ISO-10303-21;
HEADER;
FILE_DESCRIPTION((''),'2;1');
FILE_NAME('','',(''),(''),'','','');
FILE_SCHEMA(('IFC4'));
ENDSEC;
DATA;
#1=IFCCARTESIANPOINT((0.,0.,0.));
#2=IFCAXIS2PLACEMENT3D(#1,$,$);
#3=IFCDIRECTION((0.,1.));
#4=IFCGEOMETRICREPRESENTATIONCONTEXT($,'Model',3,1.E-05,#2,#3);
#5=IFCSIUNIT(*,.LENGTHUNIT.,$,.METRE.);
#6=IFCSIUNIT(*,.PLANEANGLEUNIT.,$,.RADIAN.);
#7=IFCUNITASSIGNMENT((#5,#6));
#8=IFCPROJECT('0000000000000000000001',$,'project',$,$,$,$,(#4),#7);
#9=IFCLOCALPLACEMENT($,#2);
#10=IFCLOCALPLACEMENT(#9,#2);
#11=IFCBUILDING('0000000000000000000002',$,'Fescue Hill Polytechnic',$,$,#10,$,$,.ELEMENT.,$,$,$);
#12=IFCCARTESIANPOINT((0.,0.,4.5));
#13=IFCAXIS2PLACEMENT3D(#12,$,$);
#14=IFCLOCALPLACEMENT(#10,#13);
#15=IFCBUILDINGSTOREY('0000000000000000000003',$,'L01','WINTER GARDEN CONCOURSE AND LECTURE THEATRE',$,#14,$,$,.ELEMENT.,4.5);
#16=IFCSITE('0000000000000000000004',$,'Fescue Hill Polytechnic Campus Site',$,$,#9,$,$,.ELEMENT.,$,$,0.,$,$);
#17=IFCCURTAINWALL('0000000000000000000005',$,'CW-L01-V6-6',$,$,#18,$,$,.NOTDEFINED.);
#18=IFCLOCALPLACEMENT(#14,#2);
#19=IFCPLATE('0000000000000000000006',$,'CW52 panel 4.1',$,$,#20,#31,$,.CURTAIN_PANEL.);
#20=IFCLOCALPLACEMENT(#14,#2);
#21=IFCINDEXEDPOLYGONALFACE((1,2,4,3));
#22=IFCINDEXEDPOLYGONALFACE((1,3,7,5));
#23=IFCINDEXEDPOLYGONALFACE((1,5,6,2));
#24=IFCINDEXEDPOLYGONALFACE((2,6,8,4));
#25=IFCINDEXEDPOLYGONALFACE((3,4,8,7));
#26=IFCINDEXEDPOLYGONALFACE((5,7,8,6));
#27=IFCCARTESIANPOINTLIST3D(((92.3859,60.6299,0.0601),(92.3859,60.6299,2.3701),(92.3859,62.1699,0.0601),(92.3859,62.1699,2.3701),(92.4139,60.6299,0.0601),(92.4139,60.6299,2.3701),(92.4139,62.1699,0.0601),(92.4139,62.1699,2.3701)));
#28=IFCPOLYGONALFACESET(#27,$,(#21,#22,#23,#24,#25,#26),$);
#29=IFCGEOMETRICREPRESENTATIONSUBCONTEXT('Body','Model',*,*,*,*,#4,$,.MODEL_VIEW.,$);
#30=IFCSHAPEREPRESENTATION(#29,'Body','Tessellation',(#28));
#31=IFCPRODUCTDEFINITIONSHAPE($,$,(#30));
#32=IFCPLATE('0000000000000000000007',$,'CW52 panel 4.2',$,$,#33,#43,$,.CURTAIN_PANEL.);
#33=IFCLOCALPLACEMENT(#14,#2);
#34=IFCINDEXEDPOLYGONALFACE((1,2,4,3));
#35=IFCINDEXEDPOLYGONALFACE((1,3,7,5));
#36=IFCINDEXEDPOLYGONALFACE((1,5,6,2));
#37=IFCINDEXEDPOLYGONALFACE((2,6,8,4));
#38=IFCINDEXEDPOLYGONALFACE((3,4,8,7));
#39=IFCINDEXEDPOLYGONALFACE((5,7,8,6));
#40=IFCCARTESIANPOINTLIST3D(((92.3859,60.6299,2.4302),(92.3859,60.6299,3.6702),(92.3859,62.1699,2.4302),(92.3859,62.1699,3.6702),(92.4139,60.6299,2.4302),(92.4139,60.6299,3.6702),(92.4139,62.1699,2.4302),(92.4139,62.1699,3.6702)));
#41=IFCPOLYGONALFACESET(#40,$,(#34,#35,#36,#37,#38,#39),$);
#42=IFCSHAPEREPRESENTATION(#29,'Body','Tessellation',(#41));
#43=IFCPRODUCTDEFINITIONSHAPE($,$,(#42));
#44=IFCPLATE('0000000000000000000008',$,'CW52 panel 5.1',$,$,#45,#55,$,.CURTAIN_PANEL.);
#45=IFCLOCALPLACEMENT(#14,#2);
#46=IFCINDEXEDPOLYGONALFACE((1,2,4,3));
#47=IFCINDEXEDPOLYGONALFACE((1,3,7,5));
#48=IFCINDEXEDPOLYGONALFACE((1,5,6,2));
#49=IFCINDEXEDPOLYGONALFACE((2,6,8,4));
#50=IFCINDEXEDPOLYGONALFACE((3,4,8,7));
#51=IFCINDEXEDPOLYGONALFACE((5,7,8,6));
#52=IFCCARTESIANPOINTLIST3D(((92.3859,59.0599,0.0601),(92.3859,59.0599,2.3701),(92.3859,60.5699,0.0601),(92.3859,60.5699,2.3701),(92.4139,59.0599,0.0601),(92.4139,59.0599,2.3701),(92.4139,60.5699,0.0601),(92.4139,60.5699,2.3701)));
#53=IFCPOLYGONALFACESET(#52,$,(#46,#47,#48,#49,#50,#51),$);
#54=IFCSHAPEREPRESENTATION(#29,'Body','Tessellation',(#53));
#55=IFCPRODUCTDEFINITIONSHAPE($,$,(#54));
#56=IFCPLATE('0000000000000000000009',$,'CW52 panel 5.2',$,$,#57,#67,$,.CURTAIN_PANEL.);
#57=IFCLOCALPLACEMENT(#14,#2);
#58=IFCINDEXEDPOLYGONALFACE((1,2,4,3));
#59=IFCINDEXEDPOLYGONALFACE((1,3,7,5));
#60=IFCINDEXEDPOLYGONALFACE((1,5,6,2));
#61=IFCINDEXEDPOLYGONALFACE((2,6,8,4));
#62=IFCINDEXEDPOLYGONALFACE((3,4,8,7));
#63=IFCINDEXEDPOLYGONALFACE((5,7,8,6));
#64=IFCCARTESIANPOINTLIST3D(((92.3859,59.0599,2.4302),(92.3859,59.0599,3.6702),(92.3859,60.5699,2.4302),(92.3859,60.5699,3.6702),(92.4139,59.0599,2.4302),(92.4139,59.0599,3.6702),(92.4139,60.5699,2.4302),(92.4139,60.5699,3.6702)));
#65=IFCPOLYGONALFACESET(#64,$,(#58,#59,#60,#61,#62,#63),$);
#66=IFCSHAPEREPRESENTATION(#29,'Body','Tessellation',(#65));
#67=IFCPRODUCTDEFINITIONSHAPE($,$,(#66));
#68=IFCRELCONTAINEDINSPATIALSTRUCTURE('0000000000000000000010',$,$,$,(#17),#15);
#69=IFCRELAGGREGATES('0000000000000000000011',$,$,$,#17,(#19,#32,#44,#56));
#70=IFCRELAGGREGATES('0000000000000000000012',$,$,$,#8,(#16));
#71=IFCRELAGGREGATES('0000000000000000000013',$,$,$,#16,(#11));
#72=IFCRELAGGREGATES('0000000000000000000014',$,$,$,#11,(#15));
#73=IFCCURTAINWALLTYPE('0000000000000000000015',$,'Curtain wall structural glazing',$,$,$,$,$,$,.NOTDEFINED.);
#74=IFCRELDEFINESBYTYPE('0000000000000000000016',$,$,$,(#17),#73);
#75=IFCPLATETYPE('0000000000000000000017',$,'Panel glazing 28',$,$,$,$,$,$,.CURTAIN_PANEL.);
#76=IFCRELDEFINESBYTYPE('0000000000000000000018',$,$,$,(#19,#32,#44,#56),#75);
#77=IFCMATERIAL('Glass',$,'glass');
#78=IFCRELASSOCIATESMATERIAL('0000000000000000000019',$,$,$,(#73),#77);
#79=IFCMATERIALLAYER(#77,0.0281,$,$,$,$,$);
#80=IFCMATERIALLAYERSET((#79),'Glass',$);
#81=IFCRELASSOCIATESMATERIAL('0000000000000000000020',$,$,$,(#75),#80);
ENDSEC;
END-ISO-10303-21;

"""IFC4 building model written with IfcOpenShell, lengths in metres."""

from ifc_helpers import new_model, si_unit, direction, frame, origin, origin_2d, place, context, subcontext, project, spatial, rectangle, extrude, material, layer, layer_set, type_object, element, aggregate, save


model = new_model("IFC4")

# Units and contexts
model_context = context("Model", 3, precision=1e-05, world=origin(), true_north=direction((0.0, 1.0)))
body_context = subcontext(model_context, "Body", "Model", "MODEL_VIEW")
ifc_project = project(units=[si_unit("LENGTHUNIT", "METRE"), si_unit("PLANEANGLEUNIT", "RADIAN")], contexts=[model_context])

# Site, building, storey
site_placement = place(None, origin())
site = spatial("IfcSite", under=ifc_project, at=site_placement, Name="Fescue Hill Polytechnic Campus Site", CompositionType="ELEMENT", RefElevation=0.0)
building_placement = place(site_placement, origin())
building = spatial("IfcBuilding", under=site, at=building_placement, Name="Fescue Hill Polytechnic", CompositionType="ELEMENT")
storey_placement = place(building_placement, frame((0.0, 0.0, 4.5)))
storey = spatial("IfcBuildingStorey", under=building, at=storey_placement, Name="L01", Description="WINTER GARDEN CONCOURSE AND LECTURE THEATRE", CompositionType="ELEMENT", Elevation=4.5)

# Curtain wall
ifc_material_1 = material(Name="Glass", Category="glass")
curtain_wall_type = type_object("IfcCurtainWallType", Name="Curtain wall structural glazing", PredefinedType="NOTDEFINED", material=ifc_material_1)
curtain_wall_1_placement = place(storey_placement, origin())
curtain_wall_1 = element("IfcCurtainWall", 1, at=curtain_wall_1_placement, inside=storey, type_object=curtain_wall_type, Name="CW-L01-V6-6", PredefinedType="NOTDEFINED")

# Plates
ifc_layer = layer(ifc_material_1, 0.0281)
ifc_layer_set = layer_set([ifc_layer], Name="Glass")
plate_type = type_object("IfcPlateType", Name="Panel glazing 28", PredefinedType="CURTAIN_PANEL", material=ifc_layer_set)
plate_1_placement = place(storey_placement, frame((92.3999, 61.3999, 0.0601), z_axis=(0.0, 0.0, 1.0), x_axis=(0.0, -1.0, 0.0)))
plate_1 = element("IfcPlate", 2, at=plate_1_placement, type_object=plate_type, Name="CW52 panel 4.1", PredefinedType="CURTAIN_PANEL", context=body_context, shape_type="SweptSolid", body=[
    extrude(rectangle(XDim=1.54, YDim=0.0281, at=origin_2d()), origin(), (0.0, 0.0, 1.0), 2.3101),
])
plate_2_placement = place(storey_placement, frame((92.3999, 61.3999, 2.4302), z_axis=(0.0, 0.0, 1.0), x_axis=(0.0, -1.0, 0.0)))
plate_2 = element("IfcPlate", 3, at=plate_2_placement, type_object=plate_type, Name="CW52 panel 4.2", PredefinedType="CURTAIN_PANEL", context=body_context, shape_type="SweptSolid", body=[
    extrude(rectangle(XDim=1.54, YDim=0.0281, at=origin_2d()), origin(), (0.0, 0.0, 1.0), 1.24),
])
plate_3_placement = place(storey_placement, frame((92.3999, 59.8149, 0.0601), z_axis=(0.0, 0.0, 1.0), x_axis=(0.0, -1.0, 0.0)))
plate_3 = element("IfcPlate", 4, at=plate_3_placement, type_object=plate_type, Name="CW52 panel 5.1", PredefinedType="CURTAIN_PANEL", context=body_context, shape_type="SweptSolid", body=[
    extrude(rectangle(XDim=1.51, YDim=0.0281, at=origin_2d()), origin(), (0.0, 0.0, 1.0), 2.3101),
])
plate_4_placement = place(storey_placement, frame((92.3999, 59.8149, 2.4302), z_axis=(0.0, 0.0, 1.0), x_axis=(0.0, -1.0, 0.0)))
plate_4 = element("IfcPlate", 5, at=plate_4_placement, type_object=plate_type, Name="CW52 panel 5.2", PredefinedType="CURTAIN_PANEL", context=body_context, shape_type="SweptSolid", body=[
    extrude(rectangle(XDim=1.51, YDim=0.0281, at=origin_2d()), origin(), (0.0, 0.0, 1.0), 1.24),
])
aggregate(curtain_wall_1, [plate_1, plate_2, plate_3, plate_4])

save(model, "model.ifc")
